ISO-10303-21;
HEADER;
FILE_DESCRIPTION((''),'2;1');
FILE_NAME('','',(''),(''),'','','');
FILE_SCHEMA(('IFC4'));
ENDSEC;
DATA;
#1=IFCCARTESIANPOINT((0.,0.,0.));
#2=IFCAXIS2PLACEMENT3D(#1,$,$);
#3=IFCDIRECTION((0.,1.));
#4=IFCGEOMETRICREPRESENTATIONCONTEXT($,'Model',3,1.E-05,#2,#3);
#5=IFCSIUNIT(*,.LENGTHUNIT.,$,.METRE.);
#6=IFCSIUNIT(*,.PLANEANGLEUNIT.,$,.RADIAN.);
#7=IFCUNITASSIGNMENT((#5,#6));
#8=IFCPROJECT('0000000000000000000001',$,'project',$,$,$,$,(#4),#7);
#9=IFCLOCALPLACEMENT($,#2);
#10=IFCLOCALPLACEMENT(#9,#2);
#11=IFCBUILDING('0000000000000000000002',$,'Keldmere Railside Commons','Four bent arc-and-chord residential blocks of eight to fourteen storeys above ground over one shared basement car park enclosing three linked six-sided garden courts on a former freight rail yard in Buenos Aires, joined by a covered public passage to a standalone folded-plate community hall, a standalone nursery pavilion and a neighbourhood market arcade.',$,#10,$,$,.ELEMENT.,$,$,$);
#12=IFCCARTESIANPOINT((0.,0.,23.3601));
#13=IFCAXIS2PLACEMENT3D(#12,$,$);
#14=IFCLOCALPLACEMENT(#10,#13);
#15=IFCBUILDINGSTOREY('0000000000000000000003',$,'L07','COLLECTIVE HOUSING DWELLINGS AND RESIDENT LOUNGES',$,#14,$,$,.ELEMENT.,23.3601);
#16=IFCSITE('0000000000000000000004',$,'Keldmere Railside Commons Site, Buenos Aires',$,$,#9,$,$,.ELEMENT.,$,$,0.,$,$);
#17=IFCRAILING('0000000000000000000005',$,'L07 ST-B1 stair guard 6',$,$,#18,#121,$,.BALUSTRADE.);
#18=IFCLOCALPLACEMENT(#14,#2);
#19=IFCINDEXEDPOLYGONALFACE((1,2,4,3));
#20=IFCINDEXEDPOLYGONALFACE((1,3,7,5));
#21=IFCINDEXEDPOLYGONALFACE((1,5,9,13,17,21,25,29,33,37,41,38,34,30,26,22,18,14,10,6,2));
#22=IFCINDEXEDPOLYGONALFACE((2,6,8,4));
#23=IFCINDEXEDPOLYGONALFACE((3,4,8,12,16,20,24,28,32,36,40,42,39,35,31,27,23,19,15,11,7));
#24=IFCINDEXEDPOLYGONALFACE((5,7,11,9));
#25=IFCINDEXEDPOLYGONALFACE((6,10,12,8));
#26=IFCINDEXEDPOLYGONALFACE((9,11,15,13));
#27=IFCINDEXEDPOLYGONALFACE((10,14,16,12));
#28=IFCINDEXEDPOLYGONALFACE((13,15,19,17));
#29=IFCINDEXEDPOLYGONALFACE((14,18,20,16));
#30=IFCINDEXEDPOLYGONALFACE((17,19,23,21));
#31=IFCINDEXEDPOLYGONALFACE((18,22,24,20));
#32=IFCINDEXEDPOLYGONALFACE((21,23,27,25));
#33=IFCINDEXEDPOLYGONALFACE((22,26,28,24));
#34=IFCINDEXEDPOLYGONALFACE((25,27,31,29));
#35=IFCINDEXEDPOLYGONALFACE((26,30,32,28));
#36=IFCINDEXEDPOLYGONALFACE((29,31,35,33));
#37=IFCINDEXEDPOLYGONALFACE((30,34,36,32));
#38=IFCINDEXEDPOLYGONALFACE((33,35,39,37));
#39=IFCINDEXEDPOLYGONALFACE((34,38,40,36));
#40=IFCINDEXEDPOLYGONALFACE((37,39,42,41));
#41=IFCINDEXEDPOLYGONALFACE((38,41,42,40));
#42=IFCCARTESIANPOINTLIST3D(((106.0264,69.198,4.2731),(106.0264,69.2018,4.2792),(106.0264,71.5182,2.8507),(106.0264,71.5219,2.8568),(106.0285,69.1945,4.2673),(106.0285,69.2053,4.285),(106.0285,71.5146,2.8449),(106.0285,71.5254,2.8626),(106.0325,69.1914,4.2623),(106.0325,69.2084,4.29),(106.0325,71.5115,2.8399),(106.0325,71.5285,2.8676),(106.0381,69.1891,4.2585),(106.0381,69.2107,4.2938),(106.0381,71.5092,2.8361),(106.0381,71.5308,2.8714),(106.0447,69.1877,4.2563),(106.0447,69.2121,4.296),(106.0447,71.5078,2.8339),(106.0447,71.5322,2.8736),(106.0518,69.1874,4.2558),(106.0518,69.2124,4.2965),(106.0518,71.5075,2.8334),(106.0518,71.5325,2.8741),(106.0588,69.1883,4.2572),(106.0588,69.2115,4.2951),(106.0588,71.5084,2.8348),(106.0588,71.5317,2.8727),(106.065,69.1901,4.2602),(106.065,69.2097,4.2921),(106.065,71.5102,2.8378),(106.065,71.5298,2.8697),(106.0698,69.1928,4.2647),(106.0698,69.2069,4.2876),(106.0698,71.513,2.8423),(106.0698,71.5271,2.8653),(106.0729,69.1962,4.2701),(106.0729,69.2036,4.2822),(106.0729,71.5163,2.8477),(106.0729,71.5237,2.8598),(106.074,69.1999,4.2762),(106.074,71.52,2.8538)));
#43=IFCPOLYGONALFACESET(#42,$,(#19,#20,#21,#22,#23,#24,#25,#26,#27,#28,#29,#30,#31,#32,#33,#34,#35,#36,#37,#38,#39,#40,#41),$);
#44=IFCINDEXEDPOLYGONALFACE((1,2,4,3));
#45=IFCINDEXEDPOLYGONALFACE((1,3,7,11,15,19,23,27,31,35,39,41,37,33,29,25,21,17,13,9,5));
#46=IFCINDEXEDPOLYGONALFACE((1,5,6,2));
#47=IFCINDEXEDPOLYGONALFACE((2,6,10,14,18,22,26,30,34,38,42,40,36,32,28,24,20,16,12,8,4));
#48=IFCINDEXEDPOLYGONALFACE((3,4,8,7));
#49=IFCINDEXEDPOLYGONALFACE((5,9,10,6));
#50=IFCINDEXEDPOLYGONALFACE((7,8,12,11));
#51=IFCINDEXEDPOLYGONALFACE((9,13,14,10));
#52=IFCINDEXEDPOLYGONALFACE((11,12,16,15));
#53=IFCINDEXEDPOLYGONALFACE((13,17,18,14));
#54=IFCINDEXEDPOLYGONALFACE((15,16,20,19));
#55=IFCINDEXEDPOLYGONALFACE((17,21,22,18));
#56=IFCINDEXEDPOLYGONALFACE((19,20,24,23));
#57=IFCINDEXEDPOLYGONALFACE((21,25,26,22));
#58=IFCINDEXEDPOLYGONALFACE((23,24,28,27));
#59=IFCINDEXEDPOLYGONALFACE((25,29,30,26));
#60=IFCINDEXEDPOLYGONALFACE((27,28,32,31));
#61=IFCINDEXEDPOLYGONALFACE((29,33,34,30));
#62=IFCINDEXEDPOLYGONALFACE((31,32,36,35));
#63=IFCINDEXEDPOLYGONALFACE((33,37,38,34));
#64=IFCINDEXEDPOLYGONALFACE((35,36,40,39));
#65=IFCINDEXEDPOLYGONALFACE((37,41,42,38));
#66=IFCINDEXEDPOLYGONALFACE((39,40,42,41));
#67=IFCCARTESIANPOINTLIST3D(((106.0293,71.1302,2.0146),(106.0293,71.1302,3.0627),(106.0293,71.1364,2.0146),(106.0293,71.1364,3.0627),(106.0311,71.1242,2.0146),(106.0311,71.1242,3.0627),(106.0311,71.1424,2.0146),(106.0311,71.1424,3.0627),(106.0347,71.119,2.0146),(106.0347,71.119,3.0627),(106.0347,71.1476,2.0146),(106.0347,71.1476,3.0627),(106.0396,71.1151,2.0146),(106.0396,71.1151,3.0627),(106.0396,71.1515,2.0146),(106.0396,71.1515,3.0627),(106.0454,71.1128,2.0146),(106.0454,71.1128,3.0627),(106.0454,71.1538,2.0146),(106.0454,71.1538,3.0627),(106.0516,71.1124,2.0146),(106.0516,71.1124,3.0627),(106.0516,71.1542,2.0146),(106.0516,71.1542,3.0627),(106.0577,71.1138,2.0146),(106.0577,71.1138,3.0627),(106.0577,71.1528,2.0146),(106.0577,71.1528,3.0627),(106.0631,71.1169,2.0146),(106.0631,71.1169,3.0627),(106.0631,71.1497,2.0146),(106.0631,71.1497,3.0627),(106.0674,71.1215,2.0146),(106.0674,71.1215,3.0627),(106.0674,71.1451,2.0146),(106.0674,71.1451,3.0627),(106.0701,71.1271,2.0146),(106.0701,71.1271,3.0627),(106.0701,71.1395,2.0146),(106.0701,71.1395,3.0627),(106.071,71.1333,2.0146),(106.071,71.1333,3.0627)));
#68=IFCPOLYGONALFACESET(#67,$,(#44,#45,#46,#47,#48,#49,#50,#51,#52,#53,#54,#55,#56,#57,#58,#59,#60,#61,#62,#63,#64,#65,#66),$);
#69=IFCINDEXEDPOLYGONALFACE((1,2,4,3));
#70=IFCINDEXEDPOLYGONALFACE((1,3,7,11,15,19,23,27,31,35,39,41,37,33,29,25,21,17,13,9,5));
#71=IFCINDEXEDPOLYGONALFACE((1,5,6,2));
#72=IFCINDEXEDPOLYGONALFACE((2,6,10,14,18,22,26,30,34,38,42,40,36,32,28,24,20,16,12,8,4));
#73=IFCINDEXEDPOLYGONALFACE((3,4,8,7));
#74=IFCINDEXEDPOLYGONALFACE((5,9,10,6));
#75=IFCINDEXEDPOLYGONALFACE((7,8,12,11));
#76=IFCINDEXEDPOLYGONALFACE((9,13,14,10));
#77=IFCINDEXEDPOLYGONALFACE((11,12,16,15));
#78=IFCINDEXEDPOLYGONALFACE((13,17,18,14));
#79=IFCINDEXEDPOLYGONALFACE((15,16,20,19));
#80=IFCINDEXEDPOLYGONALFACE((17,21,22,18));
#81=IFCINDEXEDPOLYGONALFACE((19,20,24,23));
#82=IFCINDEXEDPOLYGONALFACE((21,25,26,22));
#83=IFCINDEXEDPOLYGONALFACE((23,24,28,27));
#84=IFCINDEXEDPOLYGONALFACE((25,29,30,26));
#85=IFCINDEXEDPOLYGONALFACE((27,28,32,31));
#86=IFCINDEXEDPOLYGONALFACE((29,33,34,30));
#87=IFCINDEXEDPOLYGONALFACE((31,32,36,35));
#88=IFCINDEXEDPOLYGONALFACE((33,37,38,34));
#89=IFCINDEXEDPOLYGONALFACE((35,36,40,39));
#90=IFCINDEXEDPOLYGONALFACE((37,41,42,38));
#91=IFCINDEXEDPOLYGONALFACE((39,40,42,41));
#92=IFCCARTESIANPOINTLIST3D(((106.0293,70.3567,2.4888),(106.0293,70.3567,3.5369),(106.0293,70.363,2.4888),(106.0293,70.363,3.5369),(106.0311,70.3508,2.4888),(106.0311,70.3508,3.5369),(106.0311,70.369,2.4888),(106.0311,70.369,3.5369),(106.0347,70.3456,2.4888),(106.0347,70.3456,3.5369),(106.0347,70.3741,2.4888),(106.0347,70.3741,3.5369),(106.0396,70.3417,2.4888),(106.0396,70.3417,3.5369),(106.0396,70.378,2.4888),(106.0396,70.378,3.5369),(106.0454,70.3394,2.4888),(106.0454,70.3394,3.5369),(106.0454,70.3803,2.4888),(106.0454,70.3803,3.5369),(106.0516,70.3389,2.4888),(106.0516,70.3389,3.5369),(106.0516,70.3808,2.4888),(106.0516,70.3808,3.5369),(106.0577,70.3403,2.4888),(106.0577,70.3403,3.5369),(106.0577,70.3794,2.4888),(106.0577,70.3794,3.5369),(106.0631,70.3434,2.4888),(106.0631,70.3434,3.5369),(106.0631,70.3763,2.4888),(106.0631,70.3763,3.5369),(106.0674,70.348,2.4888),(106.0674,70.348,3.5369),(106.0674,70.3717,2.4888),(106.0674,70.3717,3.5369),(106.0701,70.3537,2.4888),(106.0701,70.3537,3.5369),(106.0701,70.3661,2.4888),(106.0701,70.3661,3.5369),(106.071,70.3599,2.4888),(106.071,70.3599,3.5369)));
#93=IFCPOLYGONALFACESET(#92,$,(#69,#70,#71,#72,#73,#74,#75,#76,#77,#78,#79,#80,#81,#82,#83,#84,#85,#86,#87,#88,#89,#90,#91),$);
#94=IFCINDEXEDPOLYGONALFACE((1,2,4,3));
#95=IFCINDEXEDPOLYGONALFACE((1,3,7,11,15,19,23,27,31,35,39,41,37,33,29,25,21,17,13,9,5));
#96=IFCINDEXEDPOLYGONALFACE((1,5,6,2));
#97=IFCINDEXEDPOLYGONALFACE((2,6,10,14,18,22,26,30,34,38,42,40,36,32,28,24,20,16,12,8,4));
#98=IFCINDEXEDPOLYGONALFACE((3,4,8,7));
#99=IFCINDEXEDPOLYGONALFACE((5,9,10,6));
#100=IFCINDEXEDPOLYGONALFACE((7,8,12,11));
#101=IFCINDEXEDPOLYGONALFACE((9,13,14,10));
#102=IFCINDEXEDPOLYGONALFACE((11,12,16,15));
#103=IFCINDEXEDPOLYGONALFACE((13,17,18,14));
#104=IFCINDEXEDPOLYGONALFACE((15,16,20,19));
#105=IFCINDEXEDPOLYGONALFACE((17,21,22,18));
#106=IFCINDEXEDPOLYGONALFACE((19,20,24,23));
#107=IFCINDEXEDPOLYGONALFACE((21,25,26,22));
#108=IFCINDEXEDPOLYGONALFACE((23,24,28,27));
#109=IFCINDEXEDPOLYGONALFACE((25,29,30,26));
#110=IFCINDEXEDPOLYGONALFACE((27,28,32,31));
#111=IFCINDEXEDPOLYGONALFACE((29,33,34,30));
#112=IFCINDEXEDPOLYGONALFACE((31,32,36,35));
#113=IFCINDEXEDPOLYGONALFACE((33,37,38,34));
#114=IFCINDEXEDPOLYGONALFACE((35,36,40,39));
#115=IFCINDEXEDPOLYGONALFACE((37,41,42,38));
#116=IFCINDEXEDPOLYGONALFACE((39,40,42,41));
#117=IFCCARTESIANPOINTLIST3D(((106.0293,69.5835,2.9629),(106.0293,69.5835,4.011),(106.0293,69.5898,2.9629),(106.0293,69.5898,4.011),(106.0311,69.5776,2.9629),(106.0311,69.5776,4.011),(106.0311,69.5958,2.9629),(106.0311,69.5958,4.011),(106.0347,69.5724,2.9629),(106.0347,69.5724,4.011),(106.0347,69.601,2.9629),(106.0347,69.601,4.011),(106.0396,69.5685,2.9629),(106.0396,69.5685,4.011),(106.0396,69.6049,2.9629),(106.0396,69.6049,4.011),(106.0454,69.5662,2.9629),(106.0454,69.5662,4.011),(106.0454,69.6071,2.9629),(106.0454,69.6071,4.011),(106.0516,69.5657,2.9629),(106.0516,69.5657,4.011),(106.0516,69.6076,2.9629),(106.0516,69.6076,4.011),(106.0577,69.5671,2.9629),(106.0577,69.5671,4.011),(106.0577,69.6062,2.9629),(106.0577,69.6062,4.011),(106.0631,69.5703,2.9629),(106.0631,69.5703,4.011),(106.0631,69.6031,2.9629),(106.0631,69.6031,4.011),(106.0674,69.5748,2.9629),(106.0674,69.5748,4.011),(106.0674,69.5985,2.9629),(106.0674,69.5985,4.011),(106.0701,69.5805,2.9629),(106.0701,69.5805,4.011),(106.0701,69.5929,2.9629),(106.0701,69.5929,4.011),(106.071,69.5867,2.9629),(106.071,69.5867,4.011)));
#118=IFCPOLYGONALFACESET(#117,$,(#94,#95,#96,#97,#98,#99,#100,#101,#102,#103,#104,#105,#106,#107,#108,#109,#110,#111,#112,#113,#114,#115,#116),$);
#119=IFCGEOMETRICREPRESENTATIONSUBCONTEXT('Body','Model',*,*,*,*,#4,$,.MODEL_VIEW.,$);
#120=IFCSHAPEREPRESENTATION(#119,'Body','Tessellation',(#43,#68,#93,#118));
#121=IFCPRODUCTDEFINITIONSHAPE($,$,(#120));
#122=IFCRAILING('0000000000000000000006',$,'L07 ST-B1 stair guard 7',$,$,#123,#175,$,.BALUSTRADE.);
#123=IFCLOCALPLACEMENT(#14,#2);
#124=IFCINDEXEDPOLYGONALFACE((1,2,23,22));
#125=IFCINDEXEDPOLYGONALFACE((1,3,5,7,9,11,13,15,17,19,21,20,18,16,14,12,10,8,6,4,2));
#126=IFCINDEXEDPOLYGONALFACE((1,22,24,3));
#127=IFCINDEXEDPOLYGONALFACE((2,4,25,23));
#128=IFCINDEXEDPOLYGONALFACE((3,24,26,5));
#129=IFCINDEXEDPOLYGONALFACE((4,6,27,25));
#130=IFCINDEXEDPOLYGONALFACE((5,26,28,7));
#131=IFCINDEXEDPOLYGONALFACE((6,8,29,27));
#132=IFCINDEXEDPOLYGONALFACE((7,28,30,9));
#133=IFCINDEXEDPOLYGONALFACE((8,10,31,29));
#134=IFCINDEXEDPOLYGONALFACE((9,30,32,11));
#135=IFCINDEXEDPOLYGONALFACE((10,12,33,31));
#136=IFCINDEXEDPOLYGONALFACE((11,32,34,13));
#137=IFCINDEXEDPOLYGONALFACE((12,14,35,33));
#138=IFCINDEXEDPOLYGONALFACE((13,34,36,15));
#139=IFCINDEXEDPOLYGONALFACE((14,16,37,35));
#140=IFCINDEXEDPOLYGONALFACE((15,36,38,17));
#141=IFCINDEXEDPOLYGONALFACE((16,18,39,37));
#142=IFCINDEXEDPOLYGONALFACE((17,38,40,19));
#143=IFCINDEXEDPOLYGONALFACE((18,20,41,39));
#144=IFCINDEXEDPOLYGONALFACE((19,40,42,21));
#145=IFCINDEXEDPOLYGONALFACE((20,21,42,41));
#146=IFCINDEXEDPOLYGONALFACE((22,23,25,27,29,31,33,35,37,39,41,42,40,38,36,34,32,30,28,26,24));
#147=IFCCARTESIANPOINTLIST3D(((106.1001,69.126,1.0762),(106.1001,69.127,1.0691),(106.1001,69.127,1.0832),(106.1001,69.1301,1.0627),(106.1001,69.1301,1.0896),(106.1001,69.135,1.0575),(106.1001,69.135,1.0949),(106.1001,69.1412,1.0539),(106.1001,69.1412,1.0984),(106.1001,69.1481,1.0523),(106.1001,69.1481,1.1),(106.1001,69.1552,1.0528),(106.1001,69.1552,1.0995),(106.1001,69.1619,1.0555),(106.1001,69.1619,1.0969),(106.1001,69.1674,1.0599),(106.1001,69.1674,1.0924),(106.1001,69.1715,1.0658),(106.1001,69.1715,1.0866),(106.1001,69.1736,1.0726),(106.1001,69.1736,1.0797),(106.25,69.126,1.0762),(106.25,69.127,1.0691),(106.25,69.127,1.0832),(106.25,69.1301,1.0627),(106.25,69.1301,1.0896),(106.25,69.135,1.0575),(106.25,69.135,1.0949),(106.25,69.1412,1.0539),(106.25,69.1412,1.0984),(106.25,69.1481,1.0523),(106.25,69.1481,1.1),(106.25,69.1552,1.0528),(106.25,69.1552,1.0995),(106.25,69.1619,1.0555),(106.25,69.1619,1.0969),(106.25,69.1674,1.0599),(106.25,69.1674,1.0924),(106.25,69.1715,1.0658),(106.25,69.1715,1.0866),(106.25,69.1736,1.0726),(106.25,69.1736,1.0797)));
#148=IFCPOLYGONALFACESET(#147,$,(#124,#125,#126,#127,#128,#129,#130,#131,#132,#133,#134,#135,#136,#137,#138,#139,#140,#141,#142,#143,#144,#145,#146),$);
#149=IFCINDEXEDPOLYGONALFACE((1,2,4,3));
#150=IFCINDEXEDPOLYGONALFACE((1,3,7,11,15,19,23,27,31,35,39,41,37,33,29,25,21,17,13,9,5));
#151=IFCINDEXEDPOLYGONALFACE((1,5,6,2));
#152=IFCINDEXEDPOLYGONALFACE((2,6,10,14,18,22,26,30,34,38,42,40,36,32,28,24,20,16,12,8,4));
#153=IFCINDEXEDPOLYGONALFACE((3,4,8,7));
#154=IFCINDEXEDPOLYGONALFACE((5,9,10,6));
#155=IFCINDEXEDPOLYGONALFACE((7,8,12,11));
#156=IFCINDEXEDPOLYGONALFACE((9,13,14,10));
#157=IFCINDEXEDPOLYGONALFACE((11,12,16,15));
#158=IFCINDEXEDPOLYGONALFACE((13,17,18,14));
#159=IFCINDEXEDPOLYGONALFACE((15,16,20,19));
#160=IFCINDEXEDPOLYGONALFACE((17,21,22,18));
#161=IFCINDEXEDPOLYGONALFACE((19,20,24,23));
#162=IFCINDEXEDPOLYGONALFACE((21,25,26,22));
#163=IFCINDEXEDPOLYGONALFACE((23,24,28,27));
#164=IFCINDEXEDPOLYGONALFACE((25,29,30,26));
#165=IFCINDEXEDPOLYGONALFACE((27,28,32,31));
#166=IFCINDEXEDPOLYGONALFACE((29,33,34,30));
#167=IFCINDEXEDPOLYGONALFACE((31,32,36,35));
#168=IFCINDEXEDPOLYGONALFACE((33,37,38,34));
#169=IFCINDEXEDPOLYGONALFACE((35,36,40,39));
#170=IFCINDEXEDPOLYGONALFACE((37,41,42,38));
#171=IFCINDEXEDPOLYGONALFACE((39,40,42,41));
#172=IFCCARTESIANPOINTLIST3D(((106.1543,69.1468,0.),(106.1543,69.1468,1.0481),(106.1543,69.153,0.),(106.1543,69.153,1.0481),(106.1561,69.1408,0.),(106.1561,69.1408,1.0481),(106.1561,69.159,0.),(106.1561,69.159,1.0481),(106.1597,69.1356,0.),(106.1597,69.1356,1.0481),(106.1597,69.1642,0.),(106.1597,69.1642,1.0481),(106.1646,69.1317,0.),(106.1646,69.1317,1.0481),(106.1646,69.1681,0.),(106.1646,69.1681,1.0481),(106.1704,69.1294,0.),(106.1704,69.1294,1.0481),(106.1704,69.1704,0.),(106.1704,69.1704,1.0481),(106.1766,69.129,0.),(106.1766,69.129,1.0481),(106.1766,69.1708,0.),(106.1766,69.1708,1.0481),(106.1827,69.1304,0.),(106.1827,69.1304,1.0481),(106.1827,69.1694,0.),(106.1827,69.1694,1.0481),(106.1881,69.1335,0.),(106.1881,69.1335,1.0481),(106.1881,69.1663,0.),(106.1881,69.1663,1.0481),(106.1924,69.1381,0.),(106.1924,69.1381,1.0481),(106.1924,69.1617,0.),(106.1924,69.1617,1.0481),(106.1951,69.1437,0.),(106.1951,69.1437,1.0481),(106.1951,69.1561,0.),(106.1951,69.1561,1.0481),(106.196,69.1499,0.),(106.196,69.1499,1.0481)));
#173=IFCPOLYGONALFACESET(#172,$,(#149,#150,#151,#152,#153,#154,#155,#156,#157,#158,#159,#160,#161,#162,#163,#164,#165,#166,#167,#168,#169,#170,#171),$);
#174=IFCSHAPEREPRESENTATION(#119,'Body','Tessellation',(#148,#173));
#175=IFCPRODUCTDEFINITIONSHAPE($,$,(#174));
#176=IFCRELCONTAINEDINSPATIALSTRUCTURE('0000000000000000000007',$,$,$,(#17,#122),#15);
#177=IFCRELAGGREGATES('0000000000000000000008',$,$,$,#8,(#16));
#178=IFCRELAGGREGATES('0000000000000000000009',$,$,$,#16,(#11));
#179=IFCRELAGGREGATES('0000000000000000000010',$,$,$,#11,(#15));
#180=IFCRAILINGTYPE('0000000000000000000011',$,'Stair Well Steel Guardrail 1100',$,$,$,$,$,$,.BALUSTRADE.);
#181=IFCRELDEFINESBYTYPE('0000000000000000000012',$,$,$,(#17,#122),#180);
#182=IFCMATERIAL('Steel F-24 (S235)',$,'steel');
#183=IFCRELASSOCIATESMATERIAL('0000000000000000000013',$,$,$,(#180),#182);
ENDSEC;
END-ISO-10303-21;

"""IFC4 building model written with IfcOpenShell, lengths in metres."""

from ifc_helpers import new_model, si_unit, direction, frame, origin, origin_2d, place, context, subcontext, project, spatial, circle, extrude, material, type_object, element, save


model = new_model("IFC4")

# Units and contexts
model_context = context("Model", 3, precision=1e-05, world=origin(), true_north=direction((0.0, 1.0)))
body_context = subcontext(model_context, "Body", "Model", "MODEL_VIEW")
ifc_project = project(units=[si_unit("LENGTHUNIT", "METRE"), si_unit("PLANEANGLEUNIT", "RADIAN")], contexts=[model_context])

# Site, building, storey
site_placement = place(None, origin())
site = spatial("IfcSite", under=ifc_project, at=site_placement, Name="Keldmere Railside Commons Site, Buenos Aires", CompositionType="ELEMENT", RefElevation=0.0)
building_placement = place(site_placement, origin())
building = spatial("IfcBuilding", under=site, at=building_placement, Name="Keldmere Railside Commons", Description="Four bent arc-and-chord residential blocks of eight to fourteen storeys above ground over one shared basement car park enclosing three linked six-sided garden courts on a former freight rail yard in Buenos Aires, joined by a covered public passage to a standalone folded-plate community hall, a standalone nursery pavilion and a neighbourhood market arcade.", CompositionType="ELEMENT")
storey_placement = place(building_placement, frame((0.0, 0.0, 23.3601)))
storey = spatial("IfcBuildingStorey", under=building, at=storey_placement, Name="L07", Description="COLLECTIVE HOUSING DWELLINGS AND RESIDENT LOUNGES", CompositionType="ELEMENT", Elevation=23.3601)

# Shared definitions
ifc_material_1 = material(Name="Steel F-24 (S235)", Category="steel")

# Railings
railing_type_1 = type_object("IfcRailingType", Name="Stair Well Steel Guardrail 1100", PredefinedType="BALUSTRADE", material=ifc_material_1)
railing_1_placement = place(storey_placement, frame((106.05, 71.52, 1.7776)))
element("IfcRailing", 1, at=railing_1_placement, inside=storey, type_object=railing_type_1, Name="L07 ST-B1 stair guard 6", PredefinedType="BALUSTRADE", context=body_context, shape_type="SweptSolid", body=[
    extrude(circle(Radius=0.0239, at=origin_2d()), frame((0.0, 0.0, 1.0762), z_axis=(0.0, -0.852538, 0.522665), x_axis=(1.0, 0.0, 0.0)), (0.0, 0.0, 1.0), 2.7214),
    extrude(circle(Radius=0.021, at=origin_2d()), frame((0.0, -0.3867, 0.2371)), (0.0, 0.0, 1.0), 1.0481),
    extrude(circle(Radius=0.021, at=origin_2d()), frame((0.0, -1.1602, 0.7112)), (0.0, 0.0, 1.0), 1.0481),
    extrude(circle(Radius=0.021, at=origin_2d()), frame((0.0, -1.9333, 1.1853)), (0.0, 0.0, 1.0), 1.0481),
])
railing_2_placement = place(storey_placement, frame((106.25, 69.1499, 0.0)))
element("IfcRailing", 2, at=railing_2_placement, inside=storey, type_object=railing_type_1, Name="L07 ST-B1 stair guard 7", PredefinedType="BALUSTRADE", context=body_context, shape_type="SweptSolid", body=[
    extrude(circle(Radius=0.0239, at=origin_2d()), frame((0.0, 0.0, 1.0762), z_axis=(-1.0, 0.0, 0.0), x_axis=(0.0, -1.0, 0.0)), (0.0, 0.0, 1.0), 0.1499),
    extrude(circle(Radius=0.021, at=origin_2d()), frame((-0.075, 0.0, 0.0)), (0.0, 0.0, 1.0), 1.0481),
])

save(model, "model.ifc")
